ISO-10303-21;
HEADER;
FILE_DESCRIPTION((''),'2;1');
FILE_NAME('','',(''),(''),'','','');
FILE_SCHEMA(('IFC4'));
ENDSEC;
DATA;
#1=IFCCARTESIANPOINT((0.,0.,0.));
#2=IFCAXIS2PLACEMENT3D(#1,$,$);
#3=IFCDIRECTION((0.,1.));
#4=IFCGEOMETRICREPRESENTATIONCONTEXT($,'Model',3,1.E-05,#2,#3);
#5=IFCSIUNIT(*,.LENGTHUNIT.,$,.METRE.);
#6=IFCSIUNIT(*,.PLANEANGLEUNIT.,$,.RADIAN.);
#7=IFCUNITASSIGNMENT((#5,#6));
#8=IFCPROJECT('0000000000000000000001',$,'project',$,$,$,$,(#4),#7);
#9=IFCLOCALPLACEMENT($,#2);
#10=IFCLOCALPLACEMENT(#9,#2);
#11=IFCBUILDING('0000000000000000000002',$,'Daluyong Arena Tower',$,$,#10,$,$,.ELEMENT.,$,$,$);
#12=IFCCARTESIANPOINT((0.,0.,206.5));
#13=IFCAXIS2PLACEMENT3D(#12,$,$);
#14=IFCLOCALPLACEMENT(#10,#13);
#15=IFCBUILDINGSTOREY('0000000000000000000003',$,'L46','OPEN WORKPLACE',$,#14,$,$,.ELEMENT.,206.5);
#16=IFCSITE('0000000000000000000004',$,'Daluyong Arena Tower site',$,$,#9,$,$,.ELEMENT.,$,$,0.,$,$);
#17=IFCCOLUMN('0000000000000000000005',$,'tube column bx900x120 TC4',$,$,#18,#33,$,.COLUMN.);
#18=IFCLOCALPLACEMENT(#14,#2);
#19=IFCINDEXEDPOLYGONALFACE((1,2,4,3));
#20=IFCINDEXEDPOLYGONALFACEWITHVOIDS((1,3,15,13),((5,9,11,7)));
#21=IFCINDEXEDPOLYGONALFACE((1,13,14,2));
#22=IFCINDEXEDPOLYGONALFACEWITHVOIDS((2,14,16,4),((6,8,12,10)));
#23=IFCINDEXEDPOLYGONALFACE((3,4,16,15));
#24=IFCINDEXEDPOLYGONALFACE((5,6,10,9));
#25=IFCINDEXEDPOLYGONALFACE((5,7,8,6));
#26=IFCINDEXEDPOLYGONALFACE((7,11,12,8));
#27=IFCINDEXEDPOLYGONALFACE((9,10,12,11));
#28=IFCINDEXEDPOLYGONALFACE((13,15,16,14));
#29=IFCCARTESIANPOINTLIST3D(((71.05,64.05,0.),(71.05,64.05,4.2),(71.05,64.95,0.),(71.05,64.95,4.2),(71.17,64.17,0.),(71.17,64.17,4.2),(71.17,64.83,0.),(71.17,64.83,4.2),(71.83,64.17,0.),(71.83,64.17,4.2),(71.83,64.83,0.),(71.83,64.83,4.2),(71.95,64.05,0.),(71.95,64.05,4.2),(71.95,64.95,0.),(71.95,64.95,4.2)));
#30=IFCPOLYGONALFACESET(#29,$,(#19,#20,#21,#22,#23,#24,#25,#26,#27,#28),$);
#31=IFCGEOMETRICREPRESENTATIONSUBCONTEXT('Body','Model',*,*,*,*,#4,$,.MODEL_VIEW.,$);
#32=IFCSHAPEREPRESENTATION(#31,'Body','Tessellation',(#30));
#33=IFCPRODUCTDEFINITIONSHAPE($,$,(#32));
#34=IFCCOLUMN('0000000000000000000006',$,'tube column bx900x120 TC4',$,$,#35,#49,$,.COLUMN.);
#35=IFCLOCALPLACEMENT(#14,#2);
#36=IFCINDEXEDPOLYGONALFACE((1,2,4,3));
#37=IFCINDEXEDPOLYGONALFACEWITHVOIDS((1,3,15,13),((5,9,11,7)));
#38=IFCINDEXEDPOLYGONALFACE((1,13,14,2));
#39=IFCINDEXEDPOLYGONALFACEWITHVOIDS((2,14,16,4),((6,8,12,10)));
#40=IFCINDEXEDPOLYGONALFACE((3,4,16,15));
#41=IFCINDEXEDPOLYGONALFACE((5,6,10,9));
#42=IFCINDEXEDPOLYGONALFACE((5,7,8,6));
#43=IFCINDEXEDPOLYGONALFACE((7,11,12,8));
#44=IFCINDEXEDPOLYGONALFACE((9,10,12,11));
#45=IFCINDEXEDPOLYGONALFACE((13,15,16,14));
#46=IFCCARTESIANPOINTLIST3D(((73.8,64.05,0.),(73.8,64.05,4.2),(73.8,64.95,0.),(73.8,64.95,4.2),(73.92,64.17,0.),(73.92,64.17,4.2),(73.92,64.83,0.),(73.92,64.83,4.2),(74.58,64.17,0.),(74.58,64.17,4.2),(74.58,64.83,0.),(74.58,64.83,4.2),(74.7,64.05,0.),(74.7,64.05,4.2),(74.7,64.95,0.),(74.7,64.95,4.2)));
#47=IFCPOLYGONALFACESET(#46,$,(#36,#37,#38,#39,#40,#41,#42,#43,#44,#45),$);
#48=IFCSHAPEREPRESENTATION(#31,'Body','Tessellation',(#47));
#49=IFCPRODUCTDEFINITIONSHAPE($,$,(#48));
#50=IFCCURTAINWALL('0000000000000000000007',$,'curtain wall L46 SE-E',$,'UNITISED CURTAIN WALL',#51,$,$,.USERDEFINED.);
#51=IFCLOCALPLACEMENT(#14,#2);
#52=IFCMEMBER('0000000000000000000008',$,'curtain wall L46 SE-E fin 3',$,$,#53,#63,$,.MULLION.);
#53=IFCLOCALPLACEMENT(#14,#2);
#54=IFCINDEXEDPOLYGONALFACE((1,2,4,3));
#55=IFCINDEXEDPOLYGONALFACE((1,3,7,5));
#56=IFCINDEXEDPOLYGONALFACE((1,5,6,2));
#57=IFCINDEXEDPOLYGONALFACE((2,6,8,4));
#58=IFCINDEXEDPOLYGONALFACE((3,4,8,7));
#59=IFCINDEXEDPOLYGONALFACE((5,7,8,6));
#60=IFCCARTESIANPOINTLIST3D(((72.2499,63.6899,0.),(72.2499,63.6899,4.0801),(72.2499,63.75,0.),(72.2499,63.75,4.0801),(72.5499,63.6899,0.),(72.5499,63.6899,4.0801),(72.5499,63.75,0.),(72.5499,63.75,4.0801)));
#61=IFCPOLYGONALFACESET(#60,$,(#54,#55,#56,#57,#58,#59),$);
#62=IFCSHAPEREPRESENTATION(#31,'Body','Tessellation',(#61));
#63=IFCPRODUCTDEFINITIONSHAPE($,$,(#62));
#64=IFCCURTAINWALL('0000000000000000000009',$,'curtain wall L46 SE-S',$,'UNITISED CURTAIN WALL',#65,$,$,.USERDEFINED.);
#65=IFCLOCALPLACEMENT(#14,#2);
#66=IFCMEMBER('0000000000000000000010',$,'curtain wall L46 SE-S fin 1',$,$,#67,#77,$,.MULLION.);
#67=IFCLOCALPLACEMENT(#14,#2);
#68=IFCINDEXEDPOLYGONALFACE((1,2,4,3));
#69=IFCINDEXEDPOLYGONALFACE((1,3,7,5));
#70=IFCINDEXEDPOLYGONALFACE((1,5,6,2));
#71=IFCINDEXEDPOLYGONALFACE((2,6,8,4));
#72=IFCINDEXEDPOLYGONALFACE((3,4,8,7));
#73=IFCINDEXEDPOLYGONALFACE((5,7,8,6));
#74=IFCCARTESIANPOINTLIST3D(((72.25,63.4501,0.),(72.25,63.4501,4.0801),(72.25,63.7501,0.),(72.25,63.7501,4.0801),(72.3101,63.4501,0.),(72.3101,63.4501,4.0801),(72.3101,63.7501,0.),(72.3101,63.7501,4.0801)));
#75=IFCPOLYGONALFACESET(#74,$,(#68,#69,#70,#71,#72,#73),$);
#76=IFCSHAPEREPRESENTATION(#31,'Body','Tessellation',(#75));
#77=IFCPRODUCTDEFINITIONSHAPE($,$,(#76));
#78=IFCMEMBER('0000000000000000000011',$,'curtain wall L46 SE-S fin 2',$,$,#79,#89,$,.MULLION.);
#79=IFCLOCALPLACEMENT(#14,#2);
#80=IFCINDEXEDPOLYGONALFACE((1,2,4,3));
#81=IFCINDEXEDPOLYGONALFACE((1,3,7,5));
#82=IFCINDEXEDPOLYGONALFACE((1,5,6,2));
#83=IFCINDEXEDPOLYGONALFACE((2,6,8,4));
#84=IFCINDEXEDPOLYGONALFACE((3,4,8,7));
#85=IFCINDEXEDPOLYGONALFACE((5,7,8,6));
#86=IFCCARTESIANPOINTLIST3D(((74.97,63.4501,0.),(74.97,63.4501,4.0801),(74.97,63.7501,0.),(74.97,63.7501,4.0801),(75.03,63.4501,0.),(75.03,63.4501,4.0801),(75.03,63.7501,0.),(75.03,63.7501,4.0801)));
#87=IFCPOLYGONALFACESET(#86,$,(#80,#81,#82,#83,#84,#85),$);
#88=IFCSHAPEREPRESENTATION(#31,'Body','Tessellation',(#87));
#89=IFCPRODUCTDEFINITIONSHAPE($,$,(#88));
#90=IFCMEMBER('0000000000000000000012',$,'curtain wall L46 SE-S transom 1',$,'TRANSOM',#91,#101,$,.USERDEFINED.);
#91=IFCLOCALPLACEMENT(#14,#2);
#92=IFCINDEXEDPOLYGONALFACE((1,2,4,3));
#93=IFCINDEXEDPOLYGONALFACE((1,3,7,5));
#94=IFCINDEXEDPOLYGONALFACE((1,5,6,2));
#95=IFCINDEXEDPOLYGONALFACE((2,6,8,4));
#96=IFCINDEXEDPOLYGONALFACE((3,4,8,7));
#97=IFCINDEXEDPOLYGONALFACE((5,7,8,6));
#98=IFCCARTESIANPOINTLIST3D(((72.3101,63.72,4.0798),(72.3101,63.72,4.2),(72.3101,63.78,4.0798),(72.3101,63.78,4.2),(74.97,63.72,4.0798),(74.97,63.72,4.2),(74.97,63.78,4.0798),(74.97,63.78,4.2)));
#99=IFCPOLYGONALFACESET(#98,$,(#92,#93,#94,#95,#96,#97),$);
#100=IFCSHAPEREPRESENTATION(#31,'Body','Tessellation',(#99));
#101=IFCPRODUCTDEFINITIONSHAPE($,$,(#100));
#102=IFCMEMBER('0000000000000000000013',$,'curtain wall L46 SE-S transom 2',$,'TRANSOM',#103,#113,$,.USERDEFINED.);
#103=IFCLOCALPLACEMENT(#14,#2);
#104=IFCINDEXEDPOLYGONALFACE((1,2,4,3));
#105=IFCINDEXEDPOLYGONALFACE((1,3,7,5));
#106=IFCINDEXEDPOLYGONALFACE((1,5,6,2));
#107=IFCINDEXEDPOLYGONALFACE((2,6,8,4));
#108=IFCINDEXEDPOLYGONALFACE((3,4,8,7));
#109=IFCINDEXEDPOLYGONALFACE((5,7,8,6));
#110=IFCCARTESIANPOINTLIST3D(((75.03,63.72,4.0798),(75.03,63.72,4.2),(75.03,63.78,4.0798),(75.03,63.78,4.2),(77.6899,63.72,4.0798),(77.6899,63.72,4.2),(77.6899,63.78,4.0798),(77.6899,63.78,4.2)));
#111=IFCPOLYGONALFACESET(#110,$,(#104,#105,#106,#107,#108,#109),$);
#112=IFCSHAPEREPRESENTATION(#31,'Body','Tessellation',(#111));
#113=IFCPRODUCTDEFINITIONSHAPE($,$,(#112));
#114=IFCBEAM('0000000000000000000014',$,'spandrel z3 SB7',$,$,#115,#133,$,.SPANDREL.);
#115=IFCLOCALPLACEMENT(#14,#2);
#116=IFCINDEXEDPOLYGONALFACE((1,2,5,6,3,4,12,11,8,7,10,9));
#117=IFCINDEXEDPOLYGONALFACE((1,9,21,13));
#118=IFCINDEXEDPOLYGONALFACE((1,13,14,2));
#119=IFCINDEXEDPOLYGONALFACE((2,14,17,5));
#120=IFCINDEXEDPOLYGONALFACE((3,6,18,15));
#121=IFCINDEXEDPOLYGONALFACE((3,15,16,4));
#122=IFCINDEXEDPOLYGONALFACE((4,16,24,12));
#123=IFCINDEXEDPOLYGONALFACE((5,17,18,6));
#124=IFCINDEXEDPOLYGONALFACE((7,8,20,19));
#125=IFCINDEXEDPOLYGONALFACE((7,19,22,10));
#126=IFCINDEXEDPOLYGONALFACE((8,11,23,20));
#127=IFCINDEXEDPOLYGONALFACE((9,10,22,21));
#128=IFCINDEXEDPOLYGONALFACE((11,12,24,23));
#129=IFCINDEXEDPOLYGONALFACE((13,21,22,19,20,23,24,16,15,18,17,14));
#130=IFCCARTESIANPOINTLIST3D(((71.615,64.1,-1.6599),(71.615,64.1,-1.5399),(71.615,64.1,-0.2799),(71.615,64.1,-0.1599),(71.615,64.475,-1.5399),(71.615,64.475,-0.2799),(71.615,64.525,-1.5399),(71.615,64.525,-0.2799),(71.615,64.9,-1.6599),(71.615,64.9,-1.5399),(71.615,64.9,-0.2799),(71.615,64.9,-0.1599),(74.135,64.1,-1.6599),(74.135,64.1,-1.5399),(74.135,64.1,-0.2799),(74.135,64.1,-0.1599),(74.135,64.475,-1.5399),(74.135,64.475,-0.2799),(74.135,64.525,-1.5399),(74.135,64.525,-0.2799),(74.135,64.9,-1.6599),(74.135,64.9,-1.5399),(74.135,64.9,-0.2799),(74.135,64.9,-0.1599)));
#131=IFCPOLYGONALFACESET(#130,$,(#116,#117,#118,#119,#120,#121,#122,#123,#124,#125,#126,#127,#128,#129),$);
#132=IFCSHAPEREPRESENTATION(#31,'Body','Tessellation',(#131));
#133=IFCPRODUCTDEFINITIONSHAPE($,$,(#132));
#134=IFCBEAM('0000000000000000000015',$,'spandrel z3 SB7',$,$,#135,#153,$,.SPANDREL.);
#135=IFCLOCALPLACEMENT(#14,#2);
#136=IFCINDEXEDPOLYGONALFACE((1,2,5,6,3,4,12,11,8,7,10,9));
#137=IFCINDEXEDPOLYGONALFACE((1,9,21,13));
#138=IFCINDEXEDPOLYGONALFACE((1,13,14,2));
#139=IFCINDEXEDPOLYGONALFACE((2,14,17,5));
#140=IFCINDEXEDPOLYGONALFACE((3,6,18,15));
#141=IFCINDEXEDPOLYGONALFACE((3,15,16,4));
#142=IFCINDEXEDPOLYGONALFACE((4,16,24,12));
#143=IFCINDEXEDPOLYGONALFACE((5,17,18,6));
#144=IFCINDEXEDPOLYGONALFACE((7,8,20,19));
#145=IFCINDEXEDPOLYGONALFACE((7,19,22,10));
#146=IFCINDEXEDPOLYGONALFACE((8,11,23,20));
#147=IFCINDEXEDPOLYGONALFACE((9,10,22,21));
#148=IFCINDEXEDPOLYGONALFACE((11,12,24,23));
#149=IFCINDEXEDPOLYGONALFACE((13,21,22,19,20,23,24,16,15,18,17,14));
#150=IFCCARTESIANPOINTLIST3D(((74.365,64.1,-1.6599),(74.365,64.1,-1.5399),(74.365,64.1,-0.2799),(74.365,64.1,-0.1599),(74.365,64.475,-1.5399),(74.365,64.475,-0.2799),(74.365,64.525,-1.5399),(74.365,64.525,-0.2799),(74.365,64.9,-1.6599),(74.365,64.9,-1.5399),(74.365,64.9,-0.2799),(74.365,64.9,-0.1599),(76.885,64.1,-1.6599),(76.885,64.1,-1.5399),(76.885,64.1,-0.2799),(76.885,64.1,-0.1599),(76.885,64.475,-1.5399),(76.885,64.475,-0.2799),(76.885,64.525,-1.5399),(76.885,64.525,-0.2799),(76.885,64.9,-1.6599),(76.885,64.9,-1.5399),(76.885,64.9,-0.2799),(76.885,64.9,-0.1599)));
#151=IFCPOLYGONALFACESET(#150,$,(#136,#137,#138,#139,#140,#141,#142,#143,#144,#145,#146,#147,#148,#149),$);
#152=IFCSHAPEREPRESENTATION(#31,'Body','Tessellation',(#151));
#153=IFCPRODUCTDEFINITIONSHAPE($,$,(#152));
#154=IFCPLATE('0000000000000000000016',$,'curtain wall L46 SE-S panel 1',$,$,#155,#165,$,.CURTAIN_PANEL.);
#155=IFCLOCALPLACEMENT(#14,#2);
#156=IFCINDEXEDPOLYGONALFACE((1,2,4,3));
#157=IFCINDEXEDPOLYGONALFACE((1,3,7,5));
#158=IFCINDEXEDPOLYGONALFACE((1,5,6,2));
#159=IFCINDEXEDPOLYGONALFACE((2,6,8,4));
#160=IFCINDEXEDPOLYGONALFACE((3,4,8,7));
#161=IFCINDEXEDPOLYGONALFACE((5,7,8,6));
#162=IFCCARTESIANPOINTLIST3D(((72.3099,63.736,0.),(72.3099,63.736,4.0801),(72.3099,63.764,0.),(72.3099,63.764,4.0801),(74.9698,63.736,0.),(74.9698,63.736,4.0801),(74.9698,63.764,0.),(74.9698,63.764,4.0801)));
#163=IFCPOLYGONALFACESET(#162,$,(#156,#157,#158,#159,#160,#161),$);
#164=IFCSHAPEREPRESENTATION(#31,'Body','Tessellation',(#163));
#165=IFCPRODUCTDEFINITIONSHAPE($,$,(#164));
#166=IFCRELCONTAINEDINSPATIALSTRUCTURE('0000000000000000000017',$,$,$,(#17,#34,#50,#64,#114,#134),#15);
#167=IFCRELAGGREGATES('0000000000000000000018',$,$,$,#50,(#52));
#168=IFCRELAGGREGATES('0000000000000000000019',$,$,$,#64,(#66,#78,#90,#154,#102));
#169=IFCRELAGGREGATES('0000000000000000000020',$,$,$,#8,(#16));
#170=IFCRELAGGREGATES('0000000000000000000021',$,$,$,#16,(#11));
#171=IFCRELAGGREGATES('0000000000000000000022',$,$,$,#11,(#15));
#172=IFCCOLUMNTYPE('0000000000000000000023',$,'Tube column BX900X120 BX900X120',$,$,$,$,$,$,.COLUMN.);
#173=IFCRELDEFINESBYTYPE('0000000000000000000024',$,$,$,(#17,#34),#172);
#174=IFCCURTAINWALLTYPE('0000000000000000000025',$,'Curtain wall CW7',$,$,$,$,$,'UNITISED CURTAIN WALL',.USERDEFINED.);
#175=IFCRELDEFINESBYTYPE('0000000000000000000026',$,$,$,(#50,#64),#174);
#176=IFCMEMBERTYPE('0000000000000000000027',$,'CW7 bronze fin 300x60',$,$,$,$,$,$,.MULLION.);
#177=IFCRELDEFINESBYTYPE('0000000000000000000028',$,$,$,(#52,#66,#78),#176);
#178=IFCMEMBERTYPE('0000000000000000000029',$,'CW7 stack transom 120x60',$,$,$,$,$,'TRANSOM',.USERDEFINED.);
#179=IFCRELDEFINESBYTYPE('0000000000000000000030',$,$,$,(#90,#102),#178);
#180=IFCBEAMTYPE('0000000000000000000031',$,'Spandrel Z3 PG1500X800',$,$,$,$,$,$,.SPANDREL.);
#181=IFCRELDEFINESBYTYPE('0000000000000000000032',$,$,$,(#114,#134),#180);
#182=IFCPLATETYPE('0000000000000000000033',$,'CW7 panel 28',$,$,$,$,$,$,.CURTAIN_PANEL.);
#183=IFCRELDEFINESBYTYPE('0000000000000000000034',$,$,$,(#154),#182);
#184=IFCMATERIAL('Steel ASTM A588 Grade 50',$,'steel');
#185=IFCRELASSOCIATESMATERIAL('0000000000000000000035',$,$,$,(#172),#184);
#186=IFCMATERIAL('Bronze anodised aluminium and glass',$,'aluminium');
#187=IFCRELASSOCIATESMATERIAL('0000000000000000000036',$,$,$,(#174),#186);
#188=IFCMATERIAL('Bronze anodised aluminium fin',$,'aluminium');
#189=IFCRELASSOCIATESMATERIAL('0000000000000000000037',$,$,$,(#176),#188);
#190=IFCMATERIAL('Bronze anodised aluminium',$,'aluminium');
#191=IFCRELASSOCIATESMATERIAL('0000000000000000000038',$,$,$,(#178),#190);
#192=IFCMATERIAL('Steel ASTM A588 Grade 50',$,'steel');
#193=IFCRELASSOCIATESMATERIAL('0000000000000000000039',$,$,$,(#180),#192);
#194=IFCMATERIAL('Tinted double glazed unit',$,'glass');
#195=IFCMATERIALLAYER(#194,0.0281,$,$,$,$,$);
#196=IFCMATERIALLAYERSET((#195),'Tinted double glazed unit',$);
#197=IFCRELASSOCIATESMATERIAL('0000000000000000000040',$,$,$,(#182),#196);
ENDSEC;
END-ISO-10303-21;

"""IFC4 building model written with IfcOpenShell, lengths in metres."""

from ifc_helpers import new_model, si_unit, direction, frame, origin, origin_2d, place, context, subcontext, project, spatial, rectangle, hollow_rectangle, i_section, extrude, material, layer, layer_set, material_profile, profile_set, type_object, element, aggregate, save


model = new_model("IFC4")

# Units and contexts
model_context = context("Model", 3, precision=1e-05, world=origin(), true_north=direction((0.0, 1.0)))
body_context = subcontext(model_context, "Body", "Model", "MODEL_VIEW")
ifc_project = project(units=[si_unit("LENGTHUNIT", "METRE"), si_unit("PLANEANGLEUNIT", "RADIAN")], contexts=[model_context])

# Site, building, storey
site_placement = place(None, origin())
site = spatial("IfcSite", under=ifc_project, at=site_placement, Name="Daluyong Arena Tower site", CompositionType="ELEMENT", RefElevation=0.0)
building_placement = place(site_placement, origin())
building = spatial("IfcBuilding", under=site, at=building_placement, Name="Daluyong Arena Tower", CompositionType="ELEMENT")
storey_placement = place(building_placement, frame((0.0, 0.0, 206.5)))
storey = spatial("IfcBuildingStorey", under=building, at=storey_placement, Name="L46", Description="OPEN WORKPLACE", CompositionType="ELEMENT", Elevation=206.5)

# Columns
ifc_material_1 = material(Name="Steel ASTM A588 Grade 50", Category="steel")
ifc_material_profile_1 = material_profile(ifc_material_1, hollow_rectangle(XDim=0.8999, YDim=0.8999, WallThickness=0.12, at=origin_2d()))
ifc_profile_set_1 = profile_set([ifc_material_profile_1], Name="Steel ASTM A588 Grade 50")
column_type = type_object("IfcColumnType", Name="Tube column BX900X120 BX900X120", PredefinedType="COLUMN", material=ifc_profile_set_1)
for number, where, z_axis, x_axis, name in (
    (1, (71.5, 64.5, 0.0), (0.0, 0.0, 1.0), (1.0, 0.0, 0.0), "tube column bx900x120 TC4"),
    (2, (74.25, 64.5, 0.0), (0.0, 0.0, 1.0), (1.0, 0.0, 0.0), "tube column bx900x120 TC4"),
):
    element("IfcColumn", number, at=place(storey_placement, frame(where, z_axis=z_axis, x_axis=x_axis)), inside=storey, type_object=column_type, Name=name, PredefinedType="COLUMN", context=body_context, shape_type="SweptSolid", body=[
        extrude(hollow_rectangle(XDim=0.8999, YDim=0.8999, WallThickness=0.12, at=origin_2d()), origin(), (0.0, 0.0, 1.0), 4.2),
    ])

# Curtain wall, member
ifc_material_2 = material(Name="Bronze anodised aluminium and glass", Category="aluminium")
curtain_wall_type = type_object("IfcCurtainWallType", Name="Curtain wall CW7", ElementType="UNITISED CURTAIN WALL", PredefinedType="USERDEFINED", material=ifc_material_2)
curtain_wall_1_placement = place(storey_placement, origin())
curtain_wall_1 = element("IfcCurtainWall", 3, at=curtain_wall_1_placement, inside=storey, type_object=curtain_wall_type, Name="curtain wall L46 SE-E", ObjectType="UNITISED CURTAIN WALL", PredefinedType="USERDEFINED")
ifc_material_3 = material(Name="Bronze anodised aluminium fin", Category="aluminium")
ifc_material_profile_2 = material_profile(ifc_material_3, rectangle(XDim=0.3, YDim=0.0601, at=origin_2d()))
ifc_profile_set_2 = profile_set([ifc_material_profile_2], Name="Bronze anodised aluminium fin")
member_type_1 = type_object("IfcMemberType", Name="CW7 bronze fin 300x60", PredefinedType="MULLION", material=ifc_profile_set_2)
member_1_placement = place(storey_placement, frame((72.3999, 63.72, 0.0), z_axis=(0.0, 0.0, 1.0), x_axis=(-1.0, 0.0, 0.0)))
member_1 = element("IfcMember", 4, at=member_1_placement, type_object=member_type_1, Name="curtain wall L46 SE-E fin 3", PredefinedType="MULLION", context=body_context, shape_type="SweptSolid", body=[
    extrude(rectangle(XDim=0.3, YDim=0.0601, at=origin_2d()), origin(), (0.0, 0.0, 1.0), 4.0801),
])
aggregate(curtain_wall_1, [member_1])

# Curtain wall, members
curtain_wall_2_placement = place(storey_placement, origin())
curtain_wall_2 = element("IfcCurtainWall", 5, at=curtain_wall_2_placement, inside=storey, type_object=curtain_wall_type, Name="curtain wall L46 SE-S", ObjectType="UNITISED CURTAIN WALL", PredefinedType="USERDEFINED")
member_2_placement = place(storey_placement, frame((72.28, 63.6001, 0.0), z_axis=(0.0, 0.0, 1.0), x_axis=(0.0, 1.0, 0.0)))
member_2 = element("IfcMember", 6, at=member_2_placement, type_object=member_type_1, Name="curtain wall L46 SE-S fin 1", PredefinedType="MULLION", context=body_context, shape_type="SweptSolid", body=[
    extrude(rectangle(XDim=0.3, YDim=0.0601, at=origin_2d()), origin(), (0.0, 0.0, 1.0), 4.0801),
])
member_3_placement = place(storey_placement, frame((75.0, 63.6001, 0.0), z_axis=(0.0, 0.0, 1.0), x_axis=(0.0, 1.0, 0.0)))
member_3 = element("IfcMember", 7, at=member_3_placement, type_object=member_type_1, Name="curtain wall L46 SE-S fin 2", PredefinedType="MULLION", context=body_context, shape_type="SweptSolid", body=[
    extrude(rectangle(XDim=0.3, YDim=0.0601, at=origin_2d()), origin(), (0.0, 0.0, 1.0), 4.0801),
])
ifc_material_4 = material(Name="Bronze anodised aluminium", Category="aluminium")
ifc_material_profile_3 = material_profile(ifc_material_4, rectangle(XDim=0.0601, YDim=0.1201, at=origin_2d()))
ifc_profile_set_3 = profile_set([ifc_material_profile_3], Name="Bronze anodised aluminium")
member_type_2 = type_object("IfcMemberType", Name="CW7 stack transom 120x60", ElementType="TRANSOM", PredefinedType="USERDEFINED", material=ifc_profile_set_3)
member_4_placement = place(storey_placement, frame((72.3101, 63.75, 4.1399), z_axis=(1.0, 0.0, 0.0), x_axis=(0.0, 1.0, 0.0)))
member_4 = element("IfcMember", 8, at=member_4_placement, type_object=member_type_2, Name="curtain wall L46 SE-S transom 1", ObjectType="TRANSOM", PredefinedType="USERDEFINED", context=body_context, shape_type="SweptSolid", body=[
    extrude(rectangle(XDim=0.0601, YDim=0.1201, at=origin_2d()), origin(), (0.0, 0.0, 1.0), 2.6599),
])
member_5_placement = place(storey_placement, frame((75.03, 63.75, 4.1399), z_axis=(1.0, 0.0, 0.0), x_axis=(0.0, 1.0, 0.0)))
member_5 = element("IfcMember", 9, at=member_5_placement, type_object=member_type_2, Name="curtain wall L46 SE-S transom 2", ObjectType="TRANSOM", PredefinedType="USERDEFINED", context=body_context, shape_type="SweptSolid", body=[
    extrude(rectangle(XDim=0.0601, YDim=0.1201, at=origin_2d()), origin(), (0.0, 0.0, 1.0), 2.6599),
])

# Beams
ifc_material_5 = material(Name="Steel ASTM A588 Grade 50", Category="steel")
ifc_material_profile_4 = material_profile(ifc_material_5, i_section(OverallWidth=0.8, OverallDepth=1.5, WebThickness=0.05, FlangeThickness=0.12, at=origin_2d()))
ifc_profile_set_4 = profile_set([ifc_material_profile_4], Name="Steel ASTM A588 Grade 50")
beam_type = type_object("IfcBeamType", Name="Spandrel Z3 PG1500X800", PredefinedType="SPANDREL", material=ifc_profile_set_4)
for number, where, z_axis, x_axis, name in (
    (10, (71.615, 64.5, -0.9099), (1.0, 0.0, 0.0), (0.0, 1.0, 0.0), "spandrel z3 SB7"),
    (11, (74.365, 64.5, -0.9099), (1.0, 0.0, 0.0), (0.0, 1.0, 0.0), "spandrel z3 SB7"),
):
    element("IfcBeam", number, at=place(storey_placement, frame(where, z_axis=z_axis, x_axis=x_axis)), inside=storey, type_object=beam_type, Name=name, PredefinedType="SPANDREL", context=body_context, shape_type="SweptSolid", body=[
        extrude(i_section(OverallWidth=0.8, OverallDepth=1.5, WebThickness=0.05, FlangeThickness=0.12, at=origin_2d()), origin(), (0.0, 0.0, 1.0), 2.52),
    ])

# Plate
ifc_material_6 = material(Name="Tinted double glazed unit", Category="glass")
ifc_layer_1 = layer(ifc_material_6, 0.0281)
ifc_layer_set_1 = layer_set([ifc_layer_1], Name="Tinted double glazed unit")
plate_type = type_object("IfcPlateType", Name="CW7 panel 28", PredefinedType="CURTAIN_PANEL", material=ifc_layer_set_1)
plate_placement = place(storey_placement, frame((73.6399, 63.75, 0.0), z_axis=(0.0, 0.0, 1.0), x_axis=(1.0, 0.0, 0.0)))
plate = element("IfcPlate", 12, at=plate_placement, type_object=plate_type, Name="curtain wall L46 SE-S panel 1", PredefinedType="CURTAIN_PANEL", context=body_context, shape_type="SweptSolid", body=[
    extrude(rectangle(XDim=2.6599, YDim=0.0281, at=origin_2d()), origin(), (0.0, 0.0, 1.0), 4.0801),
])
aggregate(curtain_wall_2, [member_2, member_3, member_4, plate, member_5])

save(model, "model.ifc")
